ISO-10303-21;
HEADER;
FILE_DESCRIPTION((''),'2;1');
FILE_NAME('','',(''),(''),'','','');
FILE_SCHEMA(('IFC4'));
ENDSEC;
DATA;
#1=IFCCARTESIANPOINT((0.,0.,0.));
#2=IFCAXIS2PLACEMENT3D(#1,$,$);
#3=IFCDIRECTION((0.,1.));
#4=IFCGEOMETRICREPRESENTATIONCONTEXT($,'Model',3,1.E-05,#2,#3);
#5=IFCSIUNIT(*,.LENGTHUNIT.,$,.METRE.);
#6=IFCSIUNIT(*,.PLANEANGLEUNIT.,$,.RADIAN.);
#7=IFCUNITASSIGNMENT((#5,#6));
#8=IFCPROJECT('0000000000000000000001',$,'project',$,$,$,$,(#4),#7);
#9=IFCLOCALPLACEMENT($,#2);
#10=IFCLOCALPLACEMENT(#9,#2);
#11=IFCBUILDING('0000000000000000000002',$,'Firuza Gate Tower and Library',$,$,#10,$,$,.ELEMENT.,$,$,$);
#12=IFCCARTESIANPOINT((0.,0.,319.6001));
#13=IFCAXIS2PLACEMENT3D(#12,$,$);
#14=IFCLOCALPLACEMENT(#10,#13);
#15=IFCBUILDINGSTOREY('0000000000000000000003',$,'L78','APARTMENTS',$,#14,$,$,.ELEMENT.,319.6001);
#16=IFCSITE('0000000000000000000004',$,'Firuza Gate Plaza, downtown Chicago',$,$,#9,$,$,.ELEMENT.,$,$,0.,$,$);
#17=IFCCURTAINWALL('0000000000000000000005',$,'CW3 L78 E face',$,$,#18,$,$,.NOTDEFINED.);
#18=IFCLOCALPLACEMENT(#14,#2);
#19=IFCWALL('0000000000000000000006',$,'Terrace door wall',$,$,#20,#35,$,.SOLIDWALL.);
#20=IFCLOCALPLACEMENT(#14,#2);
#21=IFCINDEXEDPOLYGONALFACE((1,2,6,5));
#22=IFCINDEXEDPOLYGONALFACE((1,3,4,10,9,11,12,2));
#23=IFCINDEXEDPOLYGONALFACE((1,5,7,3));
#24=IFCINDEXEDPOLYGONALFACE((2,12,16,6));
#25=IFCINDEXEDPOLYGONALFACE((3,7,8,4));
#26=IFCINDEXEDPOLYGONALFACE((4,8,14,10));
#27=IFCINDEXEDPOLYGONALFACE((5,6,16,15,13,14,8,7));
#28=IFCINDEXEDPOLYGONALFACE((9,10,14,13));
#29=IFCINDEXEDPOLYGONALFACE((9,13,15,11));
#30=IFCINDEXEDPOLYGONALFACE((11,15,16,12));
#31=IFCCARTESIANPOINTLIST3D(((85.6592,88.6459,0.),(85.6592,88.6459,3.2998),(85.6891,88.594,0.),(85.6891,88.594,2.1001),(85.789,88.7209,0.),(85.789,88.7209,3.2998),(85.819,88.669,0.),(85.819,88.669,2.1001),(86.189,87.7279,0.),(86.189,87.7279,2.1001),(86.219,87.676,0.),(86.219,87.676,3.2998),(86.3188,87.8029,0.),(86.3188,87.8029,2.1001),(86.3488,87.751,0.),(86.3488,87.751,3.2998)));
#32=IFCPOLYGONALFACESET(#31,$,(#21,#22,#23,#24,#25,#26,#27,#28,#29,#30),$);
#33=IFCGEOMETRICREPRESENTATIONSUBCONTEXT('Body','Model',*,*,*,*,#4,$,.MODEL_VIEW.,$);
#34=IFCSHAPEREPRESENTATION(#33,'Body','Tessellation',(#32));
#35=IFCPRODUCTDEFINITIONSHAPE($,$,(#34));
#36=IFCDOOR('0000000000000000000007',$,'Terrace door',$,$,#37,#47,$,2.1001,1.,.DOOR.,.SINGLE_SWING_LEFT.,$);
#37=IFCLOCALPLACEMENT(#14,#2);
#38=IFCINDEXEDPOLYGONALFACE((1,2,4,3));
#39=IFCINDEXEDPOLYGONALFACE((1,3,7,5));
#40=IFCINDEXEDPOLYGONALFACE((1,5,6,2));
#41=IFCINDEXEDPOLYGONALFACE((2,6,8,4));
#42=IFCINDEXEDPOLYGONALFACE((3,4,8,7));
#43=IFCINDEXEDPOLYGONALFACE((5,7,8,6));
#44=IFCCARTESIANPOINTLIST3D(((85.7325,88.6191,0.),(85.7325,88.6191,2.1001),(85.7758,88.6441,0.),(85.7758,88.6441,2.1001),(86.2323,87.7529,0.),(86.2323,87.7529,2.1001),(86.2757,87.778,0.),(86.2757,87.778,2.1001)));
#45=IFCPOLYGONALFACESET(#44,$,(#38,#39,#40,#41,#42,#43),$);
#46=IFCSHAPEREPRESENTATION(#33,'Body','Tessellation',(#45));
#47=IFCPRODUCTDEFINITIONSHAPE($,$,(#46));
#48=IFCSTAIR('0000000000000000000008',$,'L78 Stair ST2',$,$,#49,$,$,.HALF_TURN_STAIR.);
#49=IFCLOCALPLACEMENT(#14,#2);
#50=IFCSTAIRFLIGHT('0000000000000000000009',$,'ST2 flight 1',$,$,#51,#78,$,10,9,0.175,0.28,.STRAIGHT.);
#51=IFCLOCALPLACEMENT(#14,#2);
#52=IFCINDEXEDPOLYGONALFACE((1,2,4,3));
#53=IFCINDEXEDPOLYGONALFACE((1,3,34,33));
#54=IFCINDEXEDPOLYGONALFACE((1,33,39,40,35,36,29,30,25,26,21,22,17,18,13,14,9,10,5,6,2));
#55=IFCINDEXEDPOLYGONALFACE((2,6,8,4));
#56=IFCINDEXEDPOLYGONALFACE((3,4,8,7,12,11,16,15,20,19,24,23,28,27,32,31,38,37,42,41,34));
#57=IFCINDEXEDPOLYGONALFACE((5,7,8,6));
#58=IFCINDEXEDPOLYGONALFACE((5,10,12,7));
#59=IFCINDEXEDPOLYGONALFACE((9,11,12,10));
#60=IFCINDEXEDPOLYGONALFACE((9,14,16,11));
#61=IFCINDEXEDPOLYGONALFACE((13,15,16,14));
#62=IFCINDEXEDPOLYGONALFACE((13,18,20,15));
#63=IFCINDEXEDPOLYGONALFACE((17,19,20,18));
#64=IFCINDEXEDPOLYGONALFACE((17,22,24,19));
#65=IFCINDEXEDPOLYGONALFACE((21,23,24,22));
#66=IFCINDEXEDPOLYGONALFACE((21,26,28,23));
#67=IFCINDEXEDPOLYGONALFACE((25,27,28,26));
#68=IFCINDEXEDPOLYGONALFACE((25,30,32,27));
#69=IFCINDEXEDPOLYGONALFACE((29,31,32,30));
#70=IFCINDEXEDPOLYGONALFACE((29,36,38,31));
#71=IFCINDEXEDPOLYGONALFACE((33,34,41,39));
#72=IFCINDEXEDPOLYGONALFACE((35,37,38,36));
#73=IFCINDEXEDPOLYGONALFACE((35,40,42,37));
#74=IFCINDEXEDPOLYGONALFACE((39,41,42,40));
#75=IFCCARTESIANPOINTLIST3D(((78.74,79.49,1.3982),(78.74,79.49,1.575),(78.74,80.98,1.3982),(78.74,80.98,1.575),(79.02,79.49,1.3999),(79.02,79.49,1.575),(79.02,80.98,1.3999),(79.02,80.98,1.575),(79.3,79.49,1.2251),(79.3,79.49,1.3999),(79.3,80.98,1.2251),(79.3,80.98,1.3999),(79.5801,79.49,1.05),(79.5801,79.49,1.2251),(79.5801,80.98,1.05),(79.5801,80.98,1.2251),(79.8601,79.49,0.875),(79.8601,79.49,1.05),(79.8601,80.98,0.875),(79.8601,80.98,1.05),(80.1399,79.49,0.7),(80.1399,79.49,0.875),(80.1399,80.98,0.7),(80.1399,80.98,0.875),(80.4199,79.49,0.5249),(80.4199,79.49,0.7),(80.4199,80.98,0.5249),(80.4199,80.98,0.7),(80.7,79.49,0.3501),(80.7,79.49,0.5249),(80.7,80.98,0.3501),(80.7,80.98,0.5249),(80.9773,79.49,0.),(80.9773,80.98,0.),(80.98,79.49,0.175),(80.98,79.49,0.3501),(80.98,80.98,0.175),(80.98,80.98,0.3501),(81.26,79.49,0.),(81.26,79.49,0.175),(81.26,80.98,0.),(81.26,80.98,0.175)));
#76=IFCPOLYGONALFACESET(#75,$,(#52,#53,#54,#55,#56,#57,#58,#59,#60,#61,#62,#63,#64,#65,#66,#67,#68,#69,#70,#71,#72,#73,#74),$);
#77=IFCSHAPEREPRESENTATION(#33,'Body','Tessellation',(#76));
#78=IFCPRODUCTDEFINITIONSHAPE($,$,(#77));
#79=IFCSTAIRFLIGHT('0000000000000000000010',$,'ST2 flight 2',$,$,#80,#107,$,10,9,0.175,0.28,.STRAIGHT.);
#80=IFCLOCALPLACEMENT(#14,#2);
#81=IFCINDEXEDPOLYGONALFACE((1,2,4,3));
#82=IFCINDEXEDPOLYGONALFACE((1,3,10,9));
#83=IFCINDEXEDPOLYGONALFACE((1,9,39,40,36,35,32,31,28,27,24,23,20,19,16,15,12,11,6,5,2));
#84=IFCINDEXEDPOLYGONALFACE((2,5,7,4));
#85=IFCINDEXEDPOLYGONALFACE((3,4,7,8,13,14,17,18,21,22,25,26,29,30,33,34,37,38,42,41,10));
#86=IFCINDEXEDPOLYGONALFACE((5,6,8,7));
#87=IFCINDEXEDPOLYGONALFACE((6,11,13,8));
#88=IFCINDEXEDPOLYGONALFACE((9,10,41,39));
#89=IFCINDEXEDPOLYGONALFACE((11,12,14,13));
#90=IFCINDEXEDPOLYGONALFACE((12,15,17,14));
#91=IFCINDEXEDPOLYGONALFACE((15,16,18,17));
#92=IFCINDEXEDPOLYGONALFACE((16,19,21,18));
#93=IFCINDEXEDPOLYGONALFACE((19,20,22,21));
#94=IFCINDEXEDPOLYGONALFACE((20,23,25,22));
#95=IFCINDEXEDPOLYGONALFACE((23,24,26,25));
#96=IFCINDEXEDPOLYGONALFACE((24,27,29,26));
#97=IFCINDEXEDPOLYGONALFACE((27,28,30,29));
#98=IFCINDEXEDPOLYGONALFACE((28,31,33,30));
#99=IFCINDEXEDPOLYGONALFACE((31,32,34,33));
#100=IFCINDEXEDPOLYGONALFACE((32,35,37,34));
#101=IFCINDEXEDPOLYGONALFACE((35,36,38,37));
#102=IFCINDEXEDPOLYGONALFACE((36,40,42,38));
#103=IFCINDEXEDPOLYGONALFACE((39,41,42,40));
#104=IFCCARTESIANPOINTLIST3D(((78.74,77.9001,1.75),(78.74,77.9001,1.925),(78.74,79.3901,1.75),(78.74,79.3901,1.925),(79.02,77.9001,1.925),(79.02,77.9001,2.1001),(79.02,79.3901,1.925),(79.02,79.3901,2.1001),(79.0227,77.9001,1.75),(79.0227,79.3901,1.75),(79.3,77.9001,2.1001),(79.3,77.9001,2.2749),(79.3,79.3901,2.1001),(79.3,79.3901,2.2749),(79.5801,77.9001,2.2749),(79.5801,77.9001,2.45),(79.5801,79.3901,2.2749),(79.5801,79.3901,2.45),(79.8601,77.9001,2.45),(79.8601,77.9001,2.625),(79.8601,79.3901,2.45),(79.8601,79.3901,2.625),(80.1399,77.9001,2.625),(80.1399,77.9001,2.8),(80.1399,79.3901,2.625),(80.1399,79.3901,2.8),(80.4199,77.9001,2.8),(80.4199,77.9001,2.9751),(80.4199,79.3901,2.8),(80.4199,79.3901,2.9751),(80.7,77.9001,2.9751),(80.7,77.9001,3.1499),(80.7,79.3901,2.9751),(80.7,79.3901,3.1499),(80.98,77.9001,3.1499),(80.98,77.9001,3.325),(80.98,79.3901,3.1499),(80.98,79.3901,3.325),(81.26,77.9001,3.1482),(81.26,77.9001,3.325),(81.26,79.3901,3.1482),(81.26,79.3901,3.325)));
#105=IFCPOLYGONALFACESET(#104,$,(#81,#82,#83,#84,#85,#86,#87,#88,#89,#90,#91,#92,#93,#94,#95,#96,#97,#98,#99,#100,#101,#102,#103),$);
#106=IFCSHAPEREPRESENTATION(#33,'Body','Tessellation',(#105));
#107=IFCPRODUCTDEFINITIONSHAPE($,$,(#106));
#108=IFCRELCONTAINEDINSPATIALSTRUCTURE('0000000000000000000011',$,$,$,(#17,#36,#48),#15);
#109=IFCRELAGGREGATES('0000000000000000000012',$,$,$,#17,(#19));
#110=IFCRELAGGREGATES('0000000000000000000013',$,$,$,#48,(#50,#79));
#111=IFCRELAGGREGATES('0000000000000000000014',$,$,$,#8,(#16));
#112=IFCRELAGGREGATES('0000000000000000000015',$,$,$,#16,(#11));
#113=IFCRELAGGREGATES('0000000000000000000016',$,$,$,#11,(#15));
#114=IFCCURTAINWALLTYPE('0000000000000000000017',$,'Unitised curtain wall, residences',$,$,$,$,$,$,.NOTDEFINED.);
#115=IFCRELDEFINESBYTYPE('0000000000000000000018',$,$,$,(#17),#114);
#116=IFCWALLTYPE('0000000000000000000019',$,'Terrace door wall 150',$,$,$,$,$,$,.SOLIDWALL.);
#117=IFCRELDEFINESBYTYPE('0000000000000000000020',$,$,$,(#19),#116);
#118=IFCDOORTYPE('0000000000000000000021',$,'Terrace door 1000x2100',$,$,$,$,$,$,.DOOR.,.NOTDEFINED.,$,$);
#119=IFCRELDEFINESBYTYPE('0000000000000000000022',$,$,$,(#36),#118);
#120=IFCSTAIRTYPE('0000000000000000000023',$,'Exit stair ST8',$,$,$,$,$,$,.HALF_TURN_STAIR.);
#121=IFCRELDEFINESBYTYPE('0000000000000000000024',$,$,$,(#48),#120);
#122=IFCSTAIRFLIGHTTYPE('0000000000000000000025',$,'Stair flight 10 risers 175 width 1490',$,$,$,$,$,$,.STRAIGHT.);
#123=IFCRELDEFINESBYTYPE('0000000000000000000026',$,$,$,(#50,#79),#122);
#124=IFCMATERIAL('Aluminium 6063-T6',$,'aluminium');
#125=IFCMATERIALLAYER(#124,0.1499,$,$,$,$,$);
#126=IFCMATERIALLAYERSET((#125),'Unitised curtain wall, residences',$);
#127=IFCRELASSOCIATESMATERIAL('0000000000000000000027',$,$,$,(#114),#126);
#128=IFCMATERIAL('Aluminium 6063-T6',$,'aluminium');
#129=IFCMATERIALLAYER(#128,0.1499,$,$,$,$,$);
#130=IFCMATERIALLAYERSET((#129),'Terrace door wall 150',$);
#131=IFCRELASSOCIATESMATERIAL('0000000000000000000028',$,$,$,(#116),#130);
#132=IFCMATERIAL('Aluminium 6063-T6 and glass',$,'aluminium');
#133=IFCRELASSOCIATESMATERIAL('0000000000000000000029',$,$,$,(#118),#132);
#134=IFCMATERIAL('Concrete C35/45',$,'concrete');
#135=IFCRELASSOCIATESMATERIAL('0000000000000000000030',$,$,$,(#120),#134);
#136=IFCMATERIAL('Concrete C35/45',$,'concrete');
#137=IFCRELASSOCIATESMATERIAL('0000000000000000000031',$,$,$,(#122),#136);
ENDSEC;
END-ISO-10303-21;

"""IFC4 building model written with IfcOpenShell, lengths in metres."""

from ifc_helpers import new_model, si_unit, direction, frame, frame_2d, origin, place, context, subcontext, project, spatial, polyline, rectangle, outline, extrude, material, layer, layer_set, type_object, element, fill, aggregate, save


model = new_model("IFC4")

# Units and contexts
model_context = context("Model", 3, precision=1e-05, world=origin(), true_north=direction((0.0, 1.0)))
body_context = subcontext(model_context, "Body", "Model", "MODEL_VIEW")
ifc_project = project(units=[si_unit("LENGTHUNIT", "METRE"), si_unit("PLANEANGLEUNIT", "RADIAN")], contexts=[model_context])

# Site, building, storey
site_placement = place(None, origin())
site = spatial("IfcSite", under=ifc_project, at=site_placement, Name="Firuza Gate Plaza, downtown Chicago", CompositionType="ELEMENT", RefElevation=0.0)
building_placement = place(site_placement, origin())
building = spatial("IfcBuilding", under=site, at=building_placement, Name="Firuza Gate Tower and Library", CompositionType="ELEMENT")
storey_placement = place(building_placement, frame((0.0, 0.0, 319.6001)))
storey = spatial("IfcBuildingStorey", under=building, at=storey_placement, Name="L78", Description="APARTMENTS", CompositionType="ELEMENT", Elevation=319.6001)

# Curtain wall
ifc_material_1 = material(Name="Aluminium 6063-T6", Category="aluminium")
ifc_layer_1 = layer(ifc_material_1, 0.1499)
ifc_layer_set_1 = layer_set([ifc_layer_1], Name="Unitised curtain wall, residences")
curtain_wall_type = type_object("IfcCurtainWallType", Name="Unitised curtain wall, residences", PredefinedType="NOTDEFINED", material=ifc_layer_set_1)
placement = place(storey_placement, origin())
curtain_wall = element("IfcCurtainWall", 1, at=placement, inside=storey, type_object=curtain_wall_type, Name="CW3 L78 E face", PredefinedType="NOTDEFINED")

# Wall, opening, door
ifc_material_2 = material(Name="Aluminium 6063-T6", Category="aluminium")
ifc_layer_2 = layer(ifc_material_2, 0.1499)
ifc_layer_set_2 = layer_set([ifc_layer_2], Name="Terrace door wall 150")
wall_type_1 = type_object("IfcWallType", Name="Terrace door wall 150", PredefinedType="SOLIDWALL", material=ifc_layer_set_2)
wall_1_placement = place(storey_placement, frame((86.2839, 87.7134, 0.0), z_axis=(0.0, 0.0, 1.0), x_axis=(-0.499867, 0.866102, 0.0)))
wall_1 = element("IfcWall", 2, at=wall_1_placement, type_object=wall_type_1, Name="Terrace door wall", PredefinedType="SOLIDWALL", context=body_context, shape_type="SweptSolid", body=[
    extrude(rectangle(XDim=1.1199, YDim=0.1499, at=frame_2d((0.5601, 0.0))), origin(), (0.0, 0.0, 1.0), 3.2998),
])
opening_1_placement = place(wall_1_placement, frame((0.0601, 0.0, 0.0)))
opening_1 = element("IfcOpeningElement", 3, at=opening_1_placement, cuts=wall_1, PredefinedType="OPENING", context=body_context, shape_type="SweptSolid", body=[
    extrude(rectangle(XDim=1.0, YDim=2.1001, at=frame_2d((0.5, 1.05))), frame((0.0, 0.085, 0.0), z_axis=(0.0, -1.0, 0.0), x_axis=(1.0, 0.0, 0.0)), (0.0, 0.0, 1.0), 0.1699),
])
ifc_material_3 = material(Name="Aluminium 6063-T6 and glass", Category="aluminium")
door_type_1 = type_object("IfcDoorType", Name="Terrace door 1000x2100", OperationType="NOTDEFINED", PredefinedType="DOOR", material=ifc_material_3)
door_1_placement = place(opening_1_placement, origin())
door_1 = element("IfcDoor", 4, at=door_1_placement, inside=storey, type_object=door_type_1, Name="Terrace door", OperationType="SINGLE_SWING_LEFT", OverallHeight=2.1001, OverallWidth=1.0, PredefinedType="DOOR", context=body_context, shape_type="SweptSolid", body=[
    extrude(rectangle(XDim=1.0, YDim=2.1001, at=frame_2d((0.5, 1.05))), frame((0.0, 0.0249, 0.0), z_axis=(0.0, -1.0, 0.0), x_axis=(1.0, 0.0, 0.0)), (0.0, 0.0, 1.0), 0.05),
])
fill(opening_1, door_1)
aggregate(curtain_wall, [wall_1])

# Stair, stair flights
ifc_material_4 = material(Name="Concrete C35/45", Category="concrete")
stair_type = type_object("IfcStairType", Name="Exit stair ST8", PredefinedType="HALF_TURN_STAIR", material=ifc_material_4)
stair = element("IfcStair", 5, at=placement, inside=storey, type_object=stair_type, Name="L78 Stair ST2", PredefinedType="HALF_TURN_STAIR")
ifc_material_5 = material(Name="Concrete C35/45", Category="concrete")
stair_flight_type = type_object("IfcStairFlightType", Name="Stair flight 10 risers 175 width 1490", PredefinedType="STRAIGHT", material=ifc_material_5)
stair_flight_1_placement = place(storey_placement, frame((81.26, 80.2351, 0.0), z_axis=(0.0, 0.0, 1.0), x_axis=(-1.0, 0.0, 0.0)))
stair_flight_1 = element("IfcStairFlight", 6, at=stair_flight_1_placement, type_object=stair_flight_type, Name="ST2 flight 1", NumberOfRisers=10, NumberOfTreads=9, PredefinedType="STRAIGHT", RiserHeight=0.175, TreadLength=0.28, context=body_context, shape_type="SweptSolid", body=[
    extrude(outline(polyline([(0.0, 0.0), (0.0, 0.175), (0.28, 0.175), (0.28, 0.3501), (0.5601, 0.3501), (0.5601, 0.5249), (0.8401, 0.5249), (0.8401, 0.7), (1.1201, 0.7), (1.1201, 0.875), (1.3999, 0.875), (1.3999, 1.05), (1.6799, 1.05), (1.6799, 1.2251), (1.96, 1.2251), (1.96, 1.3999), (2.24, 1.3999), (2.24, 1.575), (2.52, 1.575), (2.52, 1.75), (2.52, 1.3982), (0.2827, 0.0), (0.0, 0.0)])), frame((0.0, 0.7451, 0.0), z_axis=(0.0, -1.0, 0.0), x_axis=(1.0, 0.0, 0.0)), (0.0, 0.0, 1.0), 1.49),
])
stair_flight_2_placement = place(storey_placement, frame((78.74, 78.645, 1.75), z_axis=(0.0, 0.0, 1.0), x_axis=(1.0, 0.0, 0.0)))
stair_flight_2 = element("IfcStairFlight", 7, at=stair_flight_2_placement, type_object=stair_flight_type, Name="ST2 flight 2", NumberOfRisers=10, NumberOfTreads=9, PredefinedType="STRAIGHT", RiserHeight=0.175, TreadLength=0.28, context=body_context, shape_type="SweptSolid", body=[
    extrude(outline(polyline([(0.0, 0.0), (0.0, 0.175), (0.28, 0.175), (0.28, 0.3501), (0.5601, 0.3501), (0.5601, 0.5249), (0.8401, 0.5249), (0.8401, 0.7), (1.1201, 0.7), (1.1201, 0.875), (1.3999, 0.875), (1.3999, 1.05), (1.6799, 1.05), (1.6799, 1.2251), (1.96, 1.2251), (1.96, 1.3999), (2.24, 1.3999), (2.24, 1.575), (2.52, 1.575), (2.52, 1.75), (2.52, 1.3982), (0.2827, 0.0), (0.0, 0.0)])), frame((0.0, 0.7451, 0.0), z_axis=(0.0, -1.0, 0.0), x_axis=(1.0, 0.0, 0.0)), (0.0, 0.0, 1.0), 1.49),
])
aggregate(stair, [stair_flight_1, stair_flight_2])

save(model, "model.ifc")
